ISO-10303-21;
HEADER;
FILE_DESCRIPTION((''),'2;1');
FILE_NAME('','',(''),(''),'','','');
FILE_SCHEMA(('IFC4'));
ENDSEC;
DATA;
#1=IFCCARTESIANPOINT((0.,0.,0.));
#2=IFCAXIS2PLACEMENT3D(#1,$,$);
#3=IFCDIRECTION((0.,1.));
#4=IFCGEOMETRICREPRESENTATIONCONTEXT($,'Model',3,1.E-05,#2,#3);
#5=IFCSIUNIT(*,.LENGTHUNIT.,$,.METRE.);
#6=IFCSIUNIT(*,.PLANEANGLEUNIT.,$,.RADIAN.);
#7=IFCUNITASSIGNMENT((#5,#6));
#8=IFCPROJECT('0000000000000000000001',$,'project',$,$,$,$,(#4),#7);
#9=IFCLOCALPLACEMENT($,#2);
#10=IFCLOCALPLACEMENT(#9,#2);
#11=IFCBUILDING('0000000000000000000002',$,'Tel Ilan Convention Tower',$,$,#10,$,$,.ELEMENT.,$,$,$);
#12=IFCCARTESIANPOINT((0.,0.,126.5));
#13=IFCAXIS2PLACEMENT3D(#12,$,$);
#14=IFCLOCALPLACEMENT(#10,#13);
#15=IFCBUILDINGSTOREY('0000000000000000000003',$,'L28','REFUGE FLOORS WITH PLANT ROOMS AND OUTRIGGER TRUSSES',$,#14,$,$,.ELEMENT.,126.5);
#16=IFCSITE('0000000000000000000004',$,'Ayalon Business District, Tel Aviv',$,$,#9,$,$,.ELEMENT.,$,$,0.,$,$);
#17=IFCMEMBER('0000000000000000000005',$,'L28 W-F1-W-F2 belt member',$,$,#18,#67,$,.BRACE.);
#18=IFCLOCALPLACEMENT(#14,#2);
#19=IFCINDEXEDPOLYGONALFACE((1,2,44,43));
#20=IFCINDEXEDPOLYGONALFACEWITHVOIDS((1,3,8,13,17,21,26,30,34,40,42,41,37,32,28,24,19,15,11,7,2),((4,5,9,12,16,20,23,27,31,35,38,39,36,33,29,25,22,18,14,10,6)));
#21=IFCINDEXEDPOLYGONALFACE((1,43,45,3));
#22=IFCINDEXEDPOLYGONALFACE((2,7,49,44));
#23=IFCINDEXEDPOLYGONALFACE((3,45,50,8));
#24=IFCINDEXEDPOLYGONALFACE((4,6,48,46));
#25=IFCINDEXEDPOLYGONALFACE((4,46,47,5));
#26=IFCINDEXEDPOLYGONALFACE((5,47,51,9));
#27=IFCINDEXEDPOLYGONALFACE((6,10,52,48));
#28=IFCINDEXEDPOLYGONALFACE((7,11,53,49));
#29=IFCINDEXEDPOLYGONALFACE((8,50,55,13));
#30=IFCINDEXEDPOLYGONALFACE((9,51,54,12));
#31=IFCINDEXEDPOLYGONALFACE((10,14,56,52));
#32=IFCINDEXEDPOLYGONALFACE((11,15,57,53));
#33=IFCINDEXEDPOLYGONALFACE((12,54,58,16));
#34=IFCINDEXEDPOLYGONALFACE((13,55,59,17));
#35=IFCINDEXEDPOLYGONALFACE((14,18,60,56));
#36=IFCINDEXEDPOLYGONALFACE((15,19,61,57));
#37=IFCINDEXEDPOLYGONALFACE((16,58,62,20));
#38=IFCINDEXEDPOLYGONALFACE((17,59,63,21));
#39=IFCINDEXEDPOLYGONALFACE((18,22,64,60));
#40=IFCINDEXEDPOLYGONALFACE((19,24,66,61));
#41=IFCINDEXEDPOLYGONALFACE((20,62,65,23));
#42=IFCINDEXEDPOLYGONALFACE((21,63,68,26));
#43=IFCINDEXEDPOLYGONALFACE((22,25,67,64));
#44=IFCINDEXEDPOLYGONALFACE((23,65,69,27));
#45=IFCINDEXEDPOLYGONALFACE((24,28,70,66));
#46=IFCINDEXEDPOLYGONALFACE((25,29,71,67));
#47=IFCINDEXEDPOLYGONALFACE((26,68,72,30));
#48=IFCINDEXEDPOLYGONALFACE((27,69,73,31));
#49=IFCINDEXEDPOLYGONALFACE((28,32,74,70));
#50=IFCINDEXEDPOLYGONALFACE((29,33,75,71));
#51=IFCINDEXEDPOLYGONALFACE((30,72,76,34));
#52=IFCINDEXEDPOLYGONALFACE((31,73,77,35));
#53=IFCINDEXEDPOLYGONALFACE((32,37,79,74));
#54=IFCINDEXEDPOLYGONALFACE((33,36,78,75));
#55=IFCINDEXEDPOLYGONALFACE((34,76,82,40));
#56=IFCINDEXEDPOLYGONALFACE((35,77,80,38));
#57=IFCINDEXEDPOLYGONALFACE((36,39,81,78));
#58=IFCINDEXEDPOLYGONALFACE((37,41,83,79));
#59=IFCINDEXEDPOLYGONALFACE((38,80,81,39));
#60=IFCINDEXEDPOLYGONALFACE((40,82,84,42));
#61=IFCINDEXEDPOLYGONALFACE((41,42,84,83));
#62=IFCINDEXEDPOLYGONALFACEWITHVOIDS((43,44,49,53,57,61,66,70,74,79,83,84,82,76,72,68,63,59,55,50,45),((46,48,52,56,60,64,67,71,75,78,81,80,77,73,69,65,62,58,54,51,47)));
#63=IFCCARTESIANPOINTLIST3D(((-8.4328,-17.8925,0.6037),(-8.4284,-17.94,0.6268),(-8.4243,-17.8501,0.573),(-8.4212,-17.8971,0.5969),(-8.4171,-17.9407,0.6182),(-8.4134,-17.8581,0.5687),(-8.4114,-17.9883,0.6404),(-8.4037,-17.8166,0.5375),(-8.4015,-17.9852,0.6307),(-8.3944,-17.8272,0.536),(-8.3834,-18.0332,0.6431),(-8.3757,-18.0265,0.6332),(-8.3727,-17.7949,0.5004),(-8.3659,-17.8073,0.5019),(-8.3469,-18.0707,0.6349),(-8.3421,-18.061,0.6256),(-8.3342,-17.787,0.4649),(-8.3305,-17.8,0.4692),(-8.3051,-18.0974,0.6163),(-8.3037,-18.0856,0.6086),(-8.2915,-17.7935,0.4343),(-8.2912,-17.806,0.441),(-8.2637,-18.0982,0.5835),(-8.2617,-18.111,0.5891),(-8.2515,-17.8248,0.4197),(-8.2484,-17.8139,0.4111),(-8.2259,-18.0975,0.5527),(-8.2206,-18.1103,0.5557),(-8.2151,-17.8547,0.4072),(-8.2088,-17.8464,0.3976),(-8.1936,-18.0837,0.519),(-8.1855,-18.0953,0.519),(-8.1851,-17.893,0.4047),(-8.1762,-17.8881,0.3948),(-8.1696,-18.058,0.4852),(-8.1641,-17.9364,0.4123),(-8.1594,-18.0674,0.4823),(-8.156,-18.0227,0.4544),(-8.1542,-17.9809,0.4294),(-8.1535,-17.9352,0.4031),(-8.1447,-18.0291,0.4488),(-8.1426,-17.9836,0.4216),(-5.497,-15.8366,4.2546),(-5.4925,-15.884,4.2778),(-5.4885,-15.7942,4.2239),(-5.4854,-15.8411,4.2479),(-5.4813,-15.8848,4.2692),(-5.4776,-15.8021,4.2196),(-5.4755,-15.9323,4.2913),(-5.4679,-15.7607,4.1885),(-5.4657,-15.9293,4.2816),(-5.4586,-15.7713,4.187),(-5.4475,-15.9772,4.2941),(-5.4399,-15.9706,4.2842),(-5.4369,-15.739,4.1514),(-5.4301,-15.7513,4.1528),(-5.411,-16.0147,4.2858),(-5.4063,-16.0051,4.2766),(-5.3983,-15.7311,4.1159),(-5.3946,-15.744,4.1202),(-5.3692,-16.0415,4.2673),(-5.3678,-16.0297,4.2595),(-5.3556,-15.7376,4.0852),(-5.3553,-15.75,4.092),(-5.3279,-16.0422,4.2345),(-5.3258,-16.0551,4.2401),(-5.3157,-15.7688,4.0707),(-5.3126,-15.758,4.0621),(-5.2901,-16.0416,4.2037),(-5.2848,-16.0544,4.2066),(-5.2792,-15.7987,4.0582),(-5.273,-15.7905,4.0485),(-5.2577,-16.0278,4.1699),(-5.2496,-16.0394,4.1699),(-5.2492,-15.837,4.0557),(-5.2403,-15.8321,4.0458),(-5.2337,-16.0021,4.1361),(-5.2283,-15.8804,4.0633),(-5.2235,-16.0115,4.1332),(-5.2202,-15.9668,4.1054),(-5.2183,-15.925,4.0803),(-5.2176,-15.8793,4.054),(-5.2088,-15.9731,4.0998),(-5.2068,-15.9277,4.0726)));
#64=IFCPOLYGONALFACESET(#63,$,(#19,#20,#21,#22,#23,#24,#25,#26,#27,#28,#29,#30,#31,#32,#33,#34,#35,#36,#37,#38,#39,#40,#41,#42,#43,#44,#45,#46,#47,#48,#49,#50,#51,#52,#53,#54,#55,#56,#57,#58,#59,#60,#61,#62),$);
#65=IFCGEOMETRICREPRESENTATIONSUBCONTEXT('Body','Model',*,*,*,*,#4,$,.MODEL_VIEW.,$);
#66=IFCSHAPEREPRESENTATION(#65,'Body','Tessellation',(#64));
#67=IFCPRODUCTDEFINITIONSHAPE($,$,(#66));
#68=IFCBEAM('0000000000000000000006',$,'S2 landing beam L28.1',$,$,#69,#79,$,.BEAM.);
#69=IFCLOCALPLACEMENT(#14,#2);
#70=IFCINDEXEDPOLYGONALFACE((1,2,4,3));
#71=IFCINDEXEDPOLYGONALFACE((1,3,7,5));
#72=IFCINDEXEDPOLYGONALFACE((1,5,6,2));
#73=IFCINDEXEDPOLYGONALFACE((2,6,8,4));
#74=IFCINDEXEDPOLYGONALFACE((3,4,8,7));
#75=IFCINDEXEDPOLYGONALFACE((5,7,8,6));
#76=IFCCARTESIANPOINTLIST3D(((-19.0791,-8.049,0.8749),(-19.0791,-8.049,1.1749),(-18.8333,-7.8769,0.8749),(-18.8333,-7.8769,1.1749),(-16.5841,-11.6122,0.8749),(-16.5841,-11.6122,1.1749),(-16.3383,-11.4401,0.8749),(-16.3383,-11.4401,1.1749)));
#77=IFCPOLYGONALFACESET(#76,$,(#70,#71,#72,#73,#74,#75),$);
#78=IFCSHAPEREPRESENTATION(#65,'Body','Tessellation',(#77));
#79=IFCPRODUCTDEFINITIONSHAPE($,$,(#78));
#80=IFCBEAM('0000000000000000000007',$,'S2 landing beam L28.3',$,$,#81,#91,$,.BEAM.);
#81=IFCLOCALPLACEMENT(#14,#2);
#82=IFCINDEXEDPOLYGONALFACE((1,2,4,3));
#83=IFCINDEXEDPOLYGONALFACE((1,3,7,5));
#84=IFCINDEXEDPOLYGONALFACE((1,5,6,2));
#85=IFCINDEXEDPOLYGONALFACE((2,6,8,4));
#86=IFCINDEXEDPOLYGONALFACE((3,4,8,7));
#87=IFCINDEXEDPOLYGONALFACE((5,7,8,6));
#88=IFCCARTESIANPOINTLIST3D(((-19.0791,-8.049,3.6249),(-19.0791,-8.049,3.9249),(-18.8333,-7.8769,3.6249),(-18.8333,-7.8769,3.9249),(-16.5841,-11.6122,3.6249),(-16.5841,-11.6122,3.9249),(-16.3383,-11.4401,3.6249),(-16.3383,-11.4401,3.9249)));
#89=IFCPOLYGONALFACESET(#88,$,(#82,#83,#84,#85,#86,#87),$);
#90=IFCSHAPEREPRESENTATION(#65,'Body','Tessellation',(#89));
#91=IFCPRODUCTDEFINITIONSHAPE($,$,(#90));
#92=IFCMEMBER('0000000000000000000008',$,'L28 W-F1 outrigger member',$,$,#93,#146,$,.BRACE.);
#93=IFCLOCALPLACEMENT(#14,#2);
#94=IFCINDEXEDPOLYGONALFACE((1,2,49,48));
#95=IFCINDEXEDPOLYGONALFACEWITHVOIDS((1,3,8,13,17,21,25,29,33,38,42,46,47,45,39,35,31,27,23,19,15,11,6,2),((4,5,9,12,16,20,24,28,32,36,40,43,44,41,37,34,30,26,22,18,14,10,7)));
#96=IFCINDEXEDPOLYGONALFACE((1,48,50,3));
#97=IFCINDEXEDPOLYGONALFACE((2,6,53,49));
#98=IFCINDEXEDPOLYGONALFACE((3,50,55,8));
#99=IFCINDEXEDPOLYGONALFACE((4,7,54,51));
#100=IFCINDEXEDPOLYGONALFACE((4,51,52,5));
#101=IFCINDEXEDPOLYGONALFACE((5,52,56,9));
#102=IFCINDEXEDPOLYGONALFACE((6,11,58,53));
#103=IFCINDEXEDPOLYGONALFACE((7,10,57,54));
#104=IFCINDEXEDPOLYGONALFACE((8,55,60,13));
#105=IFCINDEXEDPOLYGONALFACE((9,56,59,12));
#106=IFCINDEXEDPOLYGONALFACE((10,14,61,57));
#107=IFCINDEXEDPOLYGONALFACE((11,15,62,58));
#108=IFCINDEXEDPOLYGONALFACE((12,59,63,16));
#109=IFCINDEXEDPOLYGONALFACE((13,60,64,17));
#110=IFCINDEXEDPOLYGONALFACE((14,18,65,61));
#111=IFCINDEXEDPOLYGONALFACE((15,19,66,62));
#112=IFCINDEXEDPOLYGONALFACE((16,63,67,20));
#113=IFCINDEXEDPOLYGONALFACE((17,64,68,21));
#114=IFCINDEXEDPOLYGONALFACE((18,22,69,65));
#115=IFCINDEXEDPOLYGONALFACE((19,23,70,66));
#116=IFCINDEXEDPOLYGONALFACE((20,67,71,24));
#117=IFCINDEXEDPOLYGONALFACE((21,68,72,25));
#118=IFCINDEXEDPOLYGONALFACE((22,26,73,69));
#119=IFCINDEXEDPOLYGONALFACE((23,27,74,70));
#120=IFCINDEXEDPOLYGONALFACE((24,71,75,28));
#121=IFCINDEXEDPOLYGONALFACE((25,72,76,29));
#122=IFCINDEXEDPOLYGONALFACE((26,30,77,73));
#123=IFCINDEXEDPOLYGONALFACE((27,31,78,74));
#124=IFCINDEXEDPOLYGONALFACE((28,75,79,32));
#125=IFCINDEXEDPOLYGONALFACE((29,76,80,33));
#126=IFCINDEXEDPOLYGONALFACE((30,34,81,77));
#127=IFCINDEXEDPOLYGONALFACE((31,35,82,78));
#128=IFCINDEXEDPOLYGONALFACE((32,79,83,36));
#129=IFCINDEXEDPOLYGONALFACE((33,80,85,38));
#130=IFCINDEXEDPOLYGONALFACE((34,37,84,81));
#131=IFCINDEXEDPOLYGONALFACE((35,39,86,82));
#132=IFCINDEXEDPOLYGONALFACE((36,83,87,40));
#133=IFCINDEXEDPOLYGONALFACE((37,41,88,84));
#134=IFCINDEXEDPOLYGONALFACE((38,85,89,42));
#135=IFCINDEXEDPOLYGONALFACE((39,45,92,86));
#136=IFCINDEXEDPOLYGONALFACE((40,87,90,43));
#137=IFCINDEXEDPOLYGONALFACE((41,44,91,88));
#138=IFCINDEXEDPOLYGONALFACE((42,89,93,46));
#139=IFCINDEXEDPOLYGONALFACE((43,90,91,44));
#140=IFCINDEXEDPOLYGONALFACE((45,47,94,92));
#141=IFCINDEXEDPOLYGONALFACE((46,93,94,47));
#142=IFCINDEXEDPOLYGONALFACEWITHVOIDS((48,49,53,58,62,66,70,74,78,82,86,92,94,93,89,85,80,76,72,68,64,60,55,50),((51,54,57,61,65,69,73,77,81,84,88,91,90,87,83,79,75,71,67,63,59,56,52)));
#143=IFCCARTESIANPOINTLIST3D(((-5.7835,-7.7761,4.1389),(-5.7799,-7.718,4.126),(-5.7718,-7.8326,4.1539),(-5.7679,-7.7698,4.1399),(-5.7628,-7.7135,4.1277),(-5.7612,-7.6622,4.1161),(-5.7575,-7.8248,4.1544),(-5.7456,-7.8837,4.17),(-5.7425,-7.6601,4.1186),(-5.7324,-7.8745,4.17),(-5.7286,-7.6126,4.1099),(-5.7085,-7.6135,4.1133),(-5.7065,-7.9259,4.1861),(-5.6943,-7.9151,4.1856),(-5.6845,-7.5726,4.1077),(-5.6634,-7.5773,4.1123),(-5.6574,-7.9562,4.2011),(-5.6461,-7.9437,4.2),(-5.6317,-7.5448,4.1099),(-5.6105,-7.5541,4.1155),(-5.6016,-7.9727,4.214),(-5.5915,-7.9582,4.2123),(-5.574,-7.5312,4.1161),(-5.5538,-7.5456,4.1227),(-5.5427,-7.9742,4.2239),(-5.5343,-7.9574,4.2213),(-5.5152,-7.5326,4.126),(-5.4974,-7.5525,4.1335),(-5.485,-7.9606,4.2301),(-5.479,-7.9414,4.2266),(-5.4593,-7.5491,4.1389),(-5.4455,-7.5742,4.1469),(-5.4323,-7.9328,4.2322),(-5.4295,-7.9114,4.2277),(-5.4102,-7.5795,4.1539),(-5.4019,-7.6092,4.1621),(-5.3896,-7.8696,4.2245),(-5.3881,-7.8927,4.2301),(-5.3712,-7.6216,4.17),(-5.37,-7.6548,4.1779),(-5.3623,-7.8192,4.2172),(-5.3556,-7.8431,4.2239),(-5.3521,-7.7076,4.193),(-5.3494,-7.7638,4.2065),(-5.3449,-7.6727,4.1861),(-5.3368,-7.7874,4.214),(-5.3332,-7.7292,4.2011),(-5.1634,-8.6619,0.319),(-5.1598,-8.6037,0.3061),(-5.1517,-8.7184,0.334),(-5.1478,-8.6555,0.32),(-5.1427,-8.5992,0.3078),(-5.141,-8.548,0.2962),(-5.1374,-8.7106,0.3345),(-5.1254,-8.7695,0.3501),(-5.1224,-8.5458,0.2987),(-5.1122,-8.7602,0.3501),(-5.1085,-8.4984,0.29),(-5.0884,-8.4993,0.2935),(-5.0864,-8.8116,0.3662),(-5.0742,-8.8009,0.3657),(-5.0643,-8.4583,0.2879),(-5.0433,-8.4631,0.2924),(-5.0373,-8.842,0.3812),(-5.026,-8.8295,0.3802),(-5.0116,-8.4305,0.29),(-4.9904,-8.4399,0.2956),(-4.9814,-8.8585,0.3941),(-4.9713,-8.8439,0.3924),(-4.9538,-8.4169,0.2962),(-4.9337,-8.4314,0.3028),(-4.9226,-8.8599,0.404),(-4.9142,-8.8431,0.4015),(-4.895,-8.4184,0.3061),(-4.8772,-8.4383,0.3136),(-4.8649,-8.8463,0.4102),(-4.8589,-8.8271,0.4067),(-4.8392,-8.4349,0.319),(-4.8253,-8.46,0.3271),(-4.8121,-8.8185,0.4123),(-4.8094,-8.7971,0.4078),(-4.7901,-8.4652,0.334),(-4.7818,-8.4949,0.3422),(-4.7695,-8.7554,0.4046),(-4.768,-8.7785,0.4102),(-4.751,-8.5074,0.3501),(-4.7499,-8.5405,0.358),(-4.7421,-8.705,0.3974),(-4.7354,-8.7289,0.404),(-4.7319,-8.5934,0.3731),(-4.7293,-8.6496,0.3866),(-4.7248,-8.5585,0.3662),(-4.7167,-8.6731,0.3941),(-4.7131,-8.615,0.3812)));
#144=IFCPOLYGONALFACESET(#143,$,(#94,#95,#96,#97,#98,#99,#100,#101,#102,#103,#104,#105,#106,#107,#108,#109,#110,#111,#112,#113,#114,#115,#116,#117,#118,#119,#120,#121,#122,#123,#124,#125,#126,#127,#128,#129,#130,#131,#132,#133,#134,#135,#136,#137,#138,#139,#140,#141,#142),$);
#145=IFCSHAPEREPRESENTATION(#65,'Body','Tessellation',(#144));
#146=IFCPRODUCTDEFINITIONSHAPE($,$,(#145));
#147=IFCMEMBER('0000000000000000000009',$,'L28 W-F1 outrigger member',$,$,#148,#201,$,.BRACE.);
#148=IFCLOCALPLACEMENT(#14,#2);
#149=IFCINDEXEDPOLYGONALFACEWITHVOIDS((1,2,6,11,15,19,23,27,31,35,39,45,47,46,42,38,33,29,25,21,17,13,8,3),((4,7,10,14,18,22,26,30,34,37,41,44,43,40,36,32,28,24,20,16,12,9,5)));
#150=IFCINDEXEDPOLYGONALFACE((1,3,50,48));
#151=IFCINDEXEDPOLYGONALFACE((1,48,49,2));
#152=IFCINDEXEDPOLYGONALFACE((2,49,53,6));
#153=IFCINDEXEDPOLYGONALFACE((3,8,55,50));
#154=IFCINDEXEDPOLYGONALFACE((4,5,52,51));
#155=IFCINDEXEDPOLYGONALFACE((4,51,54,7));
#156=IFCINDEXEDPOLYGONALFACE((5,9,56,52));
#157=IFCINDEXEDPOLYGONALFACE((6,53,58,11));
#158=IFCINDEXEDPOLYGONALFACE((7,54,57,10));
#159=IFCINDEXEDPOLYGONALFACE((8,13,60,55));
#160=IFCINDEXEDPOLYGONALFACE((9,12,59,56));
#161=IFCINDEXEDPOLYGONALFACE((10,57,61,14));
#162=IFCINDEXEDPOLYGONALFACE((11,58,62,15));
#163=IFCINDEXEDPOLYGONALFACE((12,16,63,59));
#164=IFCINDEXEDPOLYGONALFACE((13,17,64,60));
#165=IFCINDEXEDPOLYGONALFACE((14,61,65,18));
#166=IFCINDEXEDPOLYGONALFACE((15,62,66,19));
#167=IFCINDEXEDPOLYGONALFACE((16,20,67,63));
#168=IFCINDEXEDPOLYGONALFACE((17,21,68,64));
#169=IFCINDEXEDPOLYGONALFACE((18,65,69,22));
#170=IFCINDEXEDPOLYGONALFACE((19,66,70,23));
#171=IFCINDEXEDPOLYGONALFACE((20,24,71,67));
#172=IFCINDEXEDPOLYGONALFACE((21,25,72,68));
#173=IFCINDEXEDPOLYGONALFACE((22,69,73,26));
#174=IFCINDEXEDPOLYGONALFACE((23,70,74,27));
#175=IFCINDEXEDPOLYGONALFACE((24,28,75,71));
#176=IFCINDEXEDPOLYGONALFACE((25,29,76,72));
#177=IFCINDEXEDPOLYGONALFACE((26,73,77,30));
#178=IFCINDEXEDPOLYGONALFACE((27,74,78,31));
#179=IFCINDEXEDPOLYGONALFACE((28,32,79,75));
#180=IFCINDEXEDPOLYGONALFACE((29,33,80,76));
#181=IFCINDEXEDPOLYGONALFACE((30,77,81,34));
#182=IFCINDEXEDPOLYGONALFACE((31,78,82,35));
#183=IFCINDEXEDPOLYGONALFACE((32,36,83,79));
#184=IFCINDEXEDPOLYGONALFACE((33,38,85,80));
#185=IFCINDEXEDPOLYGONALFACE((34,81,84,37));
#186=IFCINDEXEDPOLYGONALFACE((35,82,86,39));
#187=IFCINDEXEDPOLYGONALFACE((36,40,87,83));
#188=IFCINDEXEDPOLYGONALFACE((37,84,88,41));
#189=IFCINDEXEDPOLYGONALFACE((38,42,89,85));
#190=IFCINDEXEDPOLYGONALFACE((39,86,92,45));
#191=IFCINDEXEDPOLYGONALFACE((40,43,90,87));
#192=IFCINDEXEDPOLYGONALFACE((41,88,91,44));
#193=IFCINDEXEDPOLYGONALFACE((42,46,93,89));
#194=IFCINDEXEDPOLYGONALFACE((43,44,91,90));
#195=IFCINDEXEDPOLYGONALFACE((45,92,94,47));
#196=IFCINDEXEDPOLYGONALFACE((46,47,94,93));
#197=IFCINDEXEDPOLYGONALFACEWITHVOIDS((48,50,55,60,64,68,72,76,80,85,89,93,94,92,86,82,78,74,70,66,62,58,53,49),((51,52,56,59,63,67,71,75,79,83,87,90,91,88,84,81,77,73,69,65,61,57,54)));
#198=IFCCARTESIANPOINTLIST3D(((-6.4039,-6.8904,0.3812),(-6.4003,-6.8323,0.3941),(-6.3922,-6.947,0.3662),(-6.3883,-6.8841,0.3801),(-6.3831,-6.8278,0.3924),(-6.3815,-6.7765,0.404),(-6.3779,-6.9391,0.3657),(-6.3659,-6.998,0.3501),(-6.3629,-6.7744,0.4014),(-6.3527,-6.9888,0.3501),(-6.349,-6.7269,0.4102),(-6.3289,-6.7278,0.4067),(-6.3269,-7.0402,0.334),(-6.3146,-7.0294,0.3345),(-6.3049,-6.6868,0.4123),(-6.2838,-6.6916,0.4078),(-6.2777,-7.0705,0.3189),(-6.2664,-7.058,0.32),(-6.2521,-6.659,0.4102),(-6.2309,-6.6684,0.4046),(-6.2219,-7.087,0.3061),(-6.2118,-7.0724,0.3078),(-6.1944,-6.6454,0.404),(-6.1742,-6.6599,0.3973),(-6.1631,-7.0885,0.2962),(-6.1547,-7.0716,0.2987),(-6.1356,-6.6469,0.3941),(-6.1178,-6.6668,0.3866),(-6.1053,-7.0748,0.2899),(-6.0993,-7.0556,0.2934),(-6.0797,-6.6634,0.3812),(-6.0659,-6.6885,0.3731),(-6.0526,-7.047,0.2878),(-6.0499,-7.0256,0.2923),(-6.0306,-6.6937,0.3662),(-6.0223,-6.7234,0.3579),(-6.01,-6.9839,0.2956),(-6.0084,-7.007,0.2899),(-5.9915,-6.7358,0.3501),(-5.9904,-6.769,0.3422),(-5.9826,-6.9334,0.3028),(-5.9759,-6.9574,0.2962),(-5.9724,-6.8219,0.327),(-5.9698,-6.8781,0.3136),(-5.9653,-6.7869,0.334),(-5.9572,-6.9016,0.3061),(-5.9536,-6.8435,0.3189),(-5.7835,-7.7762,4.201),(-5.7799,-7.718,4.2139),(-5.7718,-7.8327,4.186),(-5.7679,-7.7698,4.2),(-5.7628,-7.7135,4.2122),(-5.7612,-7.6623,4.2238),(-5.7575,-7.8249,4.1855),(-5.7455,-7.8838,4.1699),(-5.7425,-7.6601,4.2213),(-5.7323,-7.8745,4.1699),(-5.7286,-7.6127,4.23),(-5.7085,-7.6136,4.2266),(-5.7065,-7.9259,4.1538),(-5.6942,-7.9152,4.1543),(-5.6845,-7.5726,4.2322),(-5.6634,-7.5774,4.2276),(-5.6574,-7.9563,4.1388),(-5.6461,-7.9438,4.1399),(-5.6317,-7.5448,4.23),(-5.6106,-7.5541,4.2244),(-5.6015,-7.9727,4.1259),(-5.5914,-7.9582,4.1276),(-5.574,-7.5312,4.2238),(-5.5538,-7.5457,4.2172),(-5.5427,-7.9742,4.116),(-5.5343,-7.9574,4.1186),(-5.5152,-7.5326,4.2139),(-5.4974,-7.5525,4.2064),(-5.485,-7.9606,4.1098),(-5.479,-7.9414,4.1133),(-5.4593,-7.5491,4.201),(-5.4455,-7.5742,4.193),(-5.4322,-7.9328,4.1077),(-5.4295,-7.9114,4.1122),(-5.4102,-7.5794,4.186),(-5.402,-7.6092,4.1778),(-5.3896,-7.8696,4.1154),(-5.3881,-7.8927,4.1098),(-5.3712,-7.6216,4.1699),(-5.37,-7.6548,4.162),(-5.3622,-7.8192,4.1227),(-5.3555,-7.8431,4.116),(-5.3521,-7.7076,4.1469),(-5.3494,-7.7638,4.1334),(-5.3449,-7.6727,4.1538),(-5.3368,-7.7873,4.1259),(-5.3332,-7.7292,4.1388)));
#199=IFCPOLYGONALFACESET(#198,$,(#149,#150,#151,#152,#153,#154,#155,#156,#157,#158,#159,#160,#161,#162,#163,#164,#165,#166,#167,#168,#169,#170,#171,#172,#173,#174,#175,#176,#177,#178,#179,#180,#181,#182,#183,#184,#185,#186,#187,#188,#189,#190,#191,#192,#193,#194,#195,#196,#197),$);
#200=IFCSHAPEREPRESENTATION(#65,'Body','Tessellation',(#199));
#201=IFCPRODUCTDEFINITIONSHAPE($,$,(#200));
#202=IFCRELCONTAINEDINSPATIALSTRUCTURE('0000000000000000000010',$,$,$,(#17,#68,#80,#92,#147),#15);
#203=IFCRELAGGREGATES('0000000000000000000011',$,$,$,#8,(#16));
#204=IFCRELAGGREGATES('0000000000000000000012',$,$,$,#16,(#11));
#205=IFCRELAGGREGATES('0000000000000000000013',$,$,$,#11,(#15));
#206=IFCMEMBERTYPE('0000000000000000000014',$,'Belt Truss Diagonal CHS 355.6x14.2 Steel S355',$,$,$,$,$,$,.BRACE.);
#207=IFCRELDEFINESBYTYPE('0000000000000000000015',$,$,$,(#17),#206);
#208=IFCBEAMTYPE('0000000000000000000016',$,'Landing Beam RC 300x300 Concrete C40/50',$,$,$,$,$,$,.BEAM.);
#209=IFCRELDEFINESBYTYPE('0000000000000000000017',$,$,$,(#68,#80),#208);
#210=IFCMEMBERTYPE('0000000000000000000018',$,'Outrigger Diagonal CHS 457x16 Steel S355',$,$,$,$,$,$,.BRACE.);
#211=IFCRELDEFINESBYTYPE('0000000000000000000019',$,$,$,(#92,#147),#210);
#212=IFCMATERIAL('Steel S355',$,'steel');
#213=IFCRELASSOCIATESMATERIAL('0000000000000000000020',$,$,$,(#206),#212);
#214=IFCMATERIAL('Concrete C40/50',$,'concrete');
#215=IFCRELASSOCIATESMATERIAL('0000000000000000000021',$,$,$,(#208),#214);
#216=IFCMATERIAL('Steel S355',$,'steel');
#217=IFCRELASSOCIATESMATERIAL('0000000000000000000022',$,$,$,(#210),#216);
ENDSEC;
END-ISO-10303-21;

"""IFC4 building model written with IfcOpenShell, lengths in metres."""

from ifc_helpers import new_model, si_unit, direction, frame, origin, origin_2d, place, context, subcontext, project, spatial, rectangle, hollow_circle, extrude, material, material_profile, profile_set, type_object, element, save


model = new_model("IFC4")

# Units and contexts
model_context = context("Model", 3, precision=1e-05, world=origin(), true_north=direction((0.0, 1.0)))
body_context = subcontext(model_context, "Body", "Model", "MODEL_VIEW")
ifc_project = project(units=[si_unit("LENGTHUNIT", "METRE"), si_unit("PLANEANGLEUNIT", "RADIAN")], contexts=[model_context])

# Site, building, storey
site_placement = place(None, origin())
site = spatial("IfcSite", under=ifc_project, at=site_placement, Name="Ayalon Business District, Tel Aviv", CompositionType="ELEMENT", RefElevation=0.0)
building_placement = place(site_placement, origin())
building = spatial("IfcBuilding", under=site, at=building_placement, Name="Tel Ilan Convention Tower", CompositionType="ELEMENT")
storey_placement = place(building_placement, frame((0.0, 0.0, 126.5)))
storey = spatial("IfcBuildingStorey", under=building, at=storey_placement, Name="L28", Description="REFUGE FLOORS WITH PLANT ROOMS AND OUTRIGGER TRUSSES", CompositionType="ELEMENT", Elevation=126.5)

# Member
ifc_material_1 = material(Name="Steel S355", Category="steel")
ifc_material_profile_1 = material_profile(ifc_material_1, hollow_circle(Radius=0.1777, WallThickness=0.0142, at=origin_2d()), Name="CHS 355.6x14.2")
ifc_profile_set_1 = profile_set([ifc_material_profile_1], Name="Steel S355")
member_type_1 = type_object("IfcMemberType", Name="Belt Truss Diagonal CHS 355.6x14.2 Steel S355", PredefinedType="BRACE", material=ifc_profile_set_1)
member_1_placement = place(storey_placement, frame((-5.3516, -15.8938, 4.1699), z_axis=(-0.573833, -0.40185, -0.713605), x_axis=(0.573622, -0.81912, 0.0)))
element("IfcMember", 1, at=member_1_placement, inside=storey, type_object=member_type_1, Name="L28 W-F1-W-F2 belt member", PredefinedType="BRACE", context=body_context, shape_type="SweptSolid", body=[
    extrude(hollow_circle(Radius=0.1777, WallThickness=0.0142, at=origin_2d()), origin(), (0.0, 0.0, 1.0), 5.1162),
])

# Beams
ifc_material_2 = material(Name="Concrete C40/50", Category="concrete")
ifc_material_profile_2 = material_profile(ifc_material_2, rectangle(XDim=0.3, YDim=0.3, at=origin_2d()), Name="RC 300x300")
ifc_profile_set_2 = profile_set([ifc_material_profile_2], Name="Concrete C40/50")
beam_type = type_object("IfcBeamType", Name="Landing Beam RC 300x300 Concrete C40/50", PredefinedType="BEAM", material=ifc_profile_set_2)
for number, where, z_axis, x_axis, name in (
    (2, (-16.4612, -11.5261, 1.0249), (-0.573594, 0.81914, 0.0), (-0.81914, -0.573594, 0.0), "S2 landing beam L28.1"),
    (3, (-16.4612, -11.5261, 3.7749), (-0.573594, 0.81914, 0.0), (-0.81914, -0.573594, 0.0), "S2 landing beam L28.3"),
):
    element("IfcBeam", number, at=place(storey_placement, frame(where, z_axis=z_axis, x_axis=x_axis)), inside=storey, type_object=beam_type, Name=name, PredefinedType="BEAM", context=body_context, shape_type="SweptSolid", body=[
        extrude(rectangle(XDim=0.3, YDim=0.3, at=origin_2d()), origin(), (0.0, 0.0, 1.0), 4.3499),
    ])

# Members
ifc_material_3 = material(Name="Steel S355", Category="steel")
ifc_material_profile_3 = material_profile(ifc_material_3, hollow_circle(Radius=0.2285, WallThickness=0.0161, at=origin_2d()), Name="CHS 457x16")
ifc_profile_set_3 = profile_set([ifc_material_profile_3], Name="Steel S355")
member_type_2 = type_object("IfcMemberType", Name="Outrigger Diagonal CHS 457x16 Steel S355", PredefinedType="BRACE", material=ifc_profile_set_3)
for number, where, z_axis, x_axis, name in (
    (4, (-4.9382, -8.6384, 0.3501), (-0.156205, 0.223114, 0.962195), (-0.819189, -0.573523, 0.0), "L28 W-F1 outrigger member"),
    (5, (-5.5583, -7.7527, 4.1699), (-0.156265, 0.223112, -0.962186), (-0.819083, -0.573674, 0.0), "L28 W-F1 outrigger member"),
):
    element("IfcMember", number, at=place(storey_placement, frame(where, z_axis=z_axis, x_axis=x_axis)), inside=storey, type_object=member_type_2, Name=name, PredefinedType="BRACE", context=body_context, shape_type="SweptSolid", body=[
        extrude(hollow_circle(Radius=0.2285, WallThickness=0.0161, at=origin_2d()), origin(), (0.0, 0.0, 1.0), 3.97),
    ])

save(model, "model.ifc")
